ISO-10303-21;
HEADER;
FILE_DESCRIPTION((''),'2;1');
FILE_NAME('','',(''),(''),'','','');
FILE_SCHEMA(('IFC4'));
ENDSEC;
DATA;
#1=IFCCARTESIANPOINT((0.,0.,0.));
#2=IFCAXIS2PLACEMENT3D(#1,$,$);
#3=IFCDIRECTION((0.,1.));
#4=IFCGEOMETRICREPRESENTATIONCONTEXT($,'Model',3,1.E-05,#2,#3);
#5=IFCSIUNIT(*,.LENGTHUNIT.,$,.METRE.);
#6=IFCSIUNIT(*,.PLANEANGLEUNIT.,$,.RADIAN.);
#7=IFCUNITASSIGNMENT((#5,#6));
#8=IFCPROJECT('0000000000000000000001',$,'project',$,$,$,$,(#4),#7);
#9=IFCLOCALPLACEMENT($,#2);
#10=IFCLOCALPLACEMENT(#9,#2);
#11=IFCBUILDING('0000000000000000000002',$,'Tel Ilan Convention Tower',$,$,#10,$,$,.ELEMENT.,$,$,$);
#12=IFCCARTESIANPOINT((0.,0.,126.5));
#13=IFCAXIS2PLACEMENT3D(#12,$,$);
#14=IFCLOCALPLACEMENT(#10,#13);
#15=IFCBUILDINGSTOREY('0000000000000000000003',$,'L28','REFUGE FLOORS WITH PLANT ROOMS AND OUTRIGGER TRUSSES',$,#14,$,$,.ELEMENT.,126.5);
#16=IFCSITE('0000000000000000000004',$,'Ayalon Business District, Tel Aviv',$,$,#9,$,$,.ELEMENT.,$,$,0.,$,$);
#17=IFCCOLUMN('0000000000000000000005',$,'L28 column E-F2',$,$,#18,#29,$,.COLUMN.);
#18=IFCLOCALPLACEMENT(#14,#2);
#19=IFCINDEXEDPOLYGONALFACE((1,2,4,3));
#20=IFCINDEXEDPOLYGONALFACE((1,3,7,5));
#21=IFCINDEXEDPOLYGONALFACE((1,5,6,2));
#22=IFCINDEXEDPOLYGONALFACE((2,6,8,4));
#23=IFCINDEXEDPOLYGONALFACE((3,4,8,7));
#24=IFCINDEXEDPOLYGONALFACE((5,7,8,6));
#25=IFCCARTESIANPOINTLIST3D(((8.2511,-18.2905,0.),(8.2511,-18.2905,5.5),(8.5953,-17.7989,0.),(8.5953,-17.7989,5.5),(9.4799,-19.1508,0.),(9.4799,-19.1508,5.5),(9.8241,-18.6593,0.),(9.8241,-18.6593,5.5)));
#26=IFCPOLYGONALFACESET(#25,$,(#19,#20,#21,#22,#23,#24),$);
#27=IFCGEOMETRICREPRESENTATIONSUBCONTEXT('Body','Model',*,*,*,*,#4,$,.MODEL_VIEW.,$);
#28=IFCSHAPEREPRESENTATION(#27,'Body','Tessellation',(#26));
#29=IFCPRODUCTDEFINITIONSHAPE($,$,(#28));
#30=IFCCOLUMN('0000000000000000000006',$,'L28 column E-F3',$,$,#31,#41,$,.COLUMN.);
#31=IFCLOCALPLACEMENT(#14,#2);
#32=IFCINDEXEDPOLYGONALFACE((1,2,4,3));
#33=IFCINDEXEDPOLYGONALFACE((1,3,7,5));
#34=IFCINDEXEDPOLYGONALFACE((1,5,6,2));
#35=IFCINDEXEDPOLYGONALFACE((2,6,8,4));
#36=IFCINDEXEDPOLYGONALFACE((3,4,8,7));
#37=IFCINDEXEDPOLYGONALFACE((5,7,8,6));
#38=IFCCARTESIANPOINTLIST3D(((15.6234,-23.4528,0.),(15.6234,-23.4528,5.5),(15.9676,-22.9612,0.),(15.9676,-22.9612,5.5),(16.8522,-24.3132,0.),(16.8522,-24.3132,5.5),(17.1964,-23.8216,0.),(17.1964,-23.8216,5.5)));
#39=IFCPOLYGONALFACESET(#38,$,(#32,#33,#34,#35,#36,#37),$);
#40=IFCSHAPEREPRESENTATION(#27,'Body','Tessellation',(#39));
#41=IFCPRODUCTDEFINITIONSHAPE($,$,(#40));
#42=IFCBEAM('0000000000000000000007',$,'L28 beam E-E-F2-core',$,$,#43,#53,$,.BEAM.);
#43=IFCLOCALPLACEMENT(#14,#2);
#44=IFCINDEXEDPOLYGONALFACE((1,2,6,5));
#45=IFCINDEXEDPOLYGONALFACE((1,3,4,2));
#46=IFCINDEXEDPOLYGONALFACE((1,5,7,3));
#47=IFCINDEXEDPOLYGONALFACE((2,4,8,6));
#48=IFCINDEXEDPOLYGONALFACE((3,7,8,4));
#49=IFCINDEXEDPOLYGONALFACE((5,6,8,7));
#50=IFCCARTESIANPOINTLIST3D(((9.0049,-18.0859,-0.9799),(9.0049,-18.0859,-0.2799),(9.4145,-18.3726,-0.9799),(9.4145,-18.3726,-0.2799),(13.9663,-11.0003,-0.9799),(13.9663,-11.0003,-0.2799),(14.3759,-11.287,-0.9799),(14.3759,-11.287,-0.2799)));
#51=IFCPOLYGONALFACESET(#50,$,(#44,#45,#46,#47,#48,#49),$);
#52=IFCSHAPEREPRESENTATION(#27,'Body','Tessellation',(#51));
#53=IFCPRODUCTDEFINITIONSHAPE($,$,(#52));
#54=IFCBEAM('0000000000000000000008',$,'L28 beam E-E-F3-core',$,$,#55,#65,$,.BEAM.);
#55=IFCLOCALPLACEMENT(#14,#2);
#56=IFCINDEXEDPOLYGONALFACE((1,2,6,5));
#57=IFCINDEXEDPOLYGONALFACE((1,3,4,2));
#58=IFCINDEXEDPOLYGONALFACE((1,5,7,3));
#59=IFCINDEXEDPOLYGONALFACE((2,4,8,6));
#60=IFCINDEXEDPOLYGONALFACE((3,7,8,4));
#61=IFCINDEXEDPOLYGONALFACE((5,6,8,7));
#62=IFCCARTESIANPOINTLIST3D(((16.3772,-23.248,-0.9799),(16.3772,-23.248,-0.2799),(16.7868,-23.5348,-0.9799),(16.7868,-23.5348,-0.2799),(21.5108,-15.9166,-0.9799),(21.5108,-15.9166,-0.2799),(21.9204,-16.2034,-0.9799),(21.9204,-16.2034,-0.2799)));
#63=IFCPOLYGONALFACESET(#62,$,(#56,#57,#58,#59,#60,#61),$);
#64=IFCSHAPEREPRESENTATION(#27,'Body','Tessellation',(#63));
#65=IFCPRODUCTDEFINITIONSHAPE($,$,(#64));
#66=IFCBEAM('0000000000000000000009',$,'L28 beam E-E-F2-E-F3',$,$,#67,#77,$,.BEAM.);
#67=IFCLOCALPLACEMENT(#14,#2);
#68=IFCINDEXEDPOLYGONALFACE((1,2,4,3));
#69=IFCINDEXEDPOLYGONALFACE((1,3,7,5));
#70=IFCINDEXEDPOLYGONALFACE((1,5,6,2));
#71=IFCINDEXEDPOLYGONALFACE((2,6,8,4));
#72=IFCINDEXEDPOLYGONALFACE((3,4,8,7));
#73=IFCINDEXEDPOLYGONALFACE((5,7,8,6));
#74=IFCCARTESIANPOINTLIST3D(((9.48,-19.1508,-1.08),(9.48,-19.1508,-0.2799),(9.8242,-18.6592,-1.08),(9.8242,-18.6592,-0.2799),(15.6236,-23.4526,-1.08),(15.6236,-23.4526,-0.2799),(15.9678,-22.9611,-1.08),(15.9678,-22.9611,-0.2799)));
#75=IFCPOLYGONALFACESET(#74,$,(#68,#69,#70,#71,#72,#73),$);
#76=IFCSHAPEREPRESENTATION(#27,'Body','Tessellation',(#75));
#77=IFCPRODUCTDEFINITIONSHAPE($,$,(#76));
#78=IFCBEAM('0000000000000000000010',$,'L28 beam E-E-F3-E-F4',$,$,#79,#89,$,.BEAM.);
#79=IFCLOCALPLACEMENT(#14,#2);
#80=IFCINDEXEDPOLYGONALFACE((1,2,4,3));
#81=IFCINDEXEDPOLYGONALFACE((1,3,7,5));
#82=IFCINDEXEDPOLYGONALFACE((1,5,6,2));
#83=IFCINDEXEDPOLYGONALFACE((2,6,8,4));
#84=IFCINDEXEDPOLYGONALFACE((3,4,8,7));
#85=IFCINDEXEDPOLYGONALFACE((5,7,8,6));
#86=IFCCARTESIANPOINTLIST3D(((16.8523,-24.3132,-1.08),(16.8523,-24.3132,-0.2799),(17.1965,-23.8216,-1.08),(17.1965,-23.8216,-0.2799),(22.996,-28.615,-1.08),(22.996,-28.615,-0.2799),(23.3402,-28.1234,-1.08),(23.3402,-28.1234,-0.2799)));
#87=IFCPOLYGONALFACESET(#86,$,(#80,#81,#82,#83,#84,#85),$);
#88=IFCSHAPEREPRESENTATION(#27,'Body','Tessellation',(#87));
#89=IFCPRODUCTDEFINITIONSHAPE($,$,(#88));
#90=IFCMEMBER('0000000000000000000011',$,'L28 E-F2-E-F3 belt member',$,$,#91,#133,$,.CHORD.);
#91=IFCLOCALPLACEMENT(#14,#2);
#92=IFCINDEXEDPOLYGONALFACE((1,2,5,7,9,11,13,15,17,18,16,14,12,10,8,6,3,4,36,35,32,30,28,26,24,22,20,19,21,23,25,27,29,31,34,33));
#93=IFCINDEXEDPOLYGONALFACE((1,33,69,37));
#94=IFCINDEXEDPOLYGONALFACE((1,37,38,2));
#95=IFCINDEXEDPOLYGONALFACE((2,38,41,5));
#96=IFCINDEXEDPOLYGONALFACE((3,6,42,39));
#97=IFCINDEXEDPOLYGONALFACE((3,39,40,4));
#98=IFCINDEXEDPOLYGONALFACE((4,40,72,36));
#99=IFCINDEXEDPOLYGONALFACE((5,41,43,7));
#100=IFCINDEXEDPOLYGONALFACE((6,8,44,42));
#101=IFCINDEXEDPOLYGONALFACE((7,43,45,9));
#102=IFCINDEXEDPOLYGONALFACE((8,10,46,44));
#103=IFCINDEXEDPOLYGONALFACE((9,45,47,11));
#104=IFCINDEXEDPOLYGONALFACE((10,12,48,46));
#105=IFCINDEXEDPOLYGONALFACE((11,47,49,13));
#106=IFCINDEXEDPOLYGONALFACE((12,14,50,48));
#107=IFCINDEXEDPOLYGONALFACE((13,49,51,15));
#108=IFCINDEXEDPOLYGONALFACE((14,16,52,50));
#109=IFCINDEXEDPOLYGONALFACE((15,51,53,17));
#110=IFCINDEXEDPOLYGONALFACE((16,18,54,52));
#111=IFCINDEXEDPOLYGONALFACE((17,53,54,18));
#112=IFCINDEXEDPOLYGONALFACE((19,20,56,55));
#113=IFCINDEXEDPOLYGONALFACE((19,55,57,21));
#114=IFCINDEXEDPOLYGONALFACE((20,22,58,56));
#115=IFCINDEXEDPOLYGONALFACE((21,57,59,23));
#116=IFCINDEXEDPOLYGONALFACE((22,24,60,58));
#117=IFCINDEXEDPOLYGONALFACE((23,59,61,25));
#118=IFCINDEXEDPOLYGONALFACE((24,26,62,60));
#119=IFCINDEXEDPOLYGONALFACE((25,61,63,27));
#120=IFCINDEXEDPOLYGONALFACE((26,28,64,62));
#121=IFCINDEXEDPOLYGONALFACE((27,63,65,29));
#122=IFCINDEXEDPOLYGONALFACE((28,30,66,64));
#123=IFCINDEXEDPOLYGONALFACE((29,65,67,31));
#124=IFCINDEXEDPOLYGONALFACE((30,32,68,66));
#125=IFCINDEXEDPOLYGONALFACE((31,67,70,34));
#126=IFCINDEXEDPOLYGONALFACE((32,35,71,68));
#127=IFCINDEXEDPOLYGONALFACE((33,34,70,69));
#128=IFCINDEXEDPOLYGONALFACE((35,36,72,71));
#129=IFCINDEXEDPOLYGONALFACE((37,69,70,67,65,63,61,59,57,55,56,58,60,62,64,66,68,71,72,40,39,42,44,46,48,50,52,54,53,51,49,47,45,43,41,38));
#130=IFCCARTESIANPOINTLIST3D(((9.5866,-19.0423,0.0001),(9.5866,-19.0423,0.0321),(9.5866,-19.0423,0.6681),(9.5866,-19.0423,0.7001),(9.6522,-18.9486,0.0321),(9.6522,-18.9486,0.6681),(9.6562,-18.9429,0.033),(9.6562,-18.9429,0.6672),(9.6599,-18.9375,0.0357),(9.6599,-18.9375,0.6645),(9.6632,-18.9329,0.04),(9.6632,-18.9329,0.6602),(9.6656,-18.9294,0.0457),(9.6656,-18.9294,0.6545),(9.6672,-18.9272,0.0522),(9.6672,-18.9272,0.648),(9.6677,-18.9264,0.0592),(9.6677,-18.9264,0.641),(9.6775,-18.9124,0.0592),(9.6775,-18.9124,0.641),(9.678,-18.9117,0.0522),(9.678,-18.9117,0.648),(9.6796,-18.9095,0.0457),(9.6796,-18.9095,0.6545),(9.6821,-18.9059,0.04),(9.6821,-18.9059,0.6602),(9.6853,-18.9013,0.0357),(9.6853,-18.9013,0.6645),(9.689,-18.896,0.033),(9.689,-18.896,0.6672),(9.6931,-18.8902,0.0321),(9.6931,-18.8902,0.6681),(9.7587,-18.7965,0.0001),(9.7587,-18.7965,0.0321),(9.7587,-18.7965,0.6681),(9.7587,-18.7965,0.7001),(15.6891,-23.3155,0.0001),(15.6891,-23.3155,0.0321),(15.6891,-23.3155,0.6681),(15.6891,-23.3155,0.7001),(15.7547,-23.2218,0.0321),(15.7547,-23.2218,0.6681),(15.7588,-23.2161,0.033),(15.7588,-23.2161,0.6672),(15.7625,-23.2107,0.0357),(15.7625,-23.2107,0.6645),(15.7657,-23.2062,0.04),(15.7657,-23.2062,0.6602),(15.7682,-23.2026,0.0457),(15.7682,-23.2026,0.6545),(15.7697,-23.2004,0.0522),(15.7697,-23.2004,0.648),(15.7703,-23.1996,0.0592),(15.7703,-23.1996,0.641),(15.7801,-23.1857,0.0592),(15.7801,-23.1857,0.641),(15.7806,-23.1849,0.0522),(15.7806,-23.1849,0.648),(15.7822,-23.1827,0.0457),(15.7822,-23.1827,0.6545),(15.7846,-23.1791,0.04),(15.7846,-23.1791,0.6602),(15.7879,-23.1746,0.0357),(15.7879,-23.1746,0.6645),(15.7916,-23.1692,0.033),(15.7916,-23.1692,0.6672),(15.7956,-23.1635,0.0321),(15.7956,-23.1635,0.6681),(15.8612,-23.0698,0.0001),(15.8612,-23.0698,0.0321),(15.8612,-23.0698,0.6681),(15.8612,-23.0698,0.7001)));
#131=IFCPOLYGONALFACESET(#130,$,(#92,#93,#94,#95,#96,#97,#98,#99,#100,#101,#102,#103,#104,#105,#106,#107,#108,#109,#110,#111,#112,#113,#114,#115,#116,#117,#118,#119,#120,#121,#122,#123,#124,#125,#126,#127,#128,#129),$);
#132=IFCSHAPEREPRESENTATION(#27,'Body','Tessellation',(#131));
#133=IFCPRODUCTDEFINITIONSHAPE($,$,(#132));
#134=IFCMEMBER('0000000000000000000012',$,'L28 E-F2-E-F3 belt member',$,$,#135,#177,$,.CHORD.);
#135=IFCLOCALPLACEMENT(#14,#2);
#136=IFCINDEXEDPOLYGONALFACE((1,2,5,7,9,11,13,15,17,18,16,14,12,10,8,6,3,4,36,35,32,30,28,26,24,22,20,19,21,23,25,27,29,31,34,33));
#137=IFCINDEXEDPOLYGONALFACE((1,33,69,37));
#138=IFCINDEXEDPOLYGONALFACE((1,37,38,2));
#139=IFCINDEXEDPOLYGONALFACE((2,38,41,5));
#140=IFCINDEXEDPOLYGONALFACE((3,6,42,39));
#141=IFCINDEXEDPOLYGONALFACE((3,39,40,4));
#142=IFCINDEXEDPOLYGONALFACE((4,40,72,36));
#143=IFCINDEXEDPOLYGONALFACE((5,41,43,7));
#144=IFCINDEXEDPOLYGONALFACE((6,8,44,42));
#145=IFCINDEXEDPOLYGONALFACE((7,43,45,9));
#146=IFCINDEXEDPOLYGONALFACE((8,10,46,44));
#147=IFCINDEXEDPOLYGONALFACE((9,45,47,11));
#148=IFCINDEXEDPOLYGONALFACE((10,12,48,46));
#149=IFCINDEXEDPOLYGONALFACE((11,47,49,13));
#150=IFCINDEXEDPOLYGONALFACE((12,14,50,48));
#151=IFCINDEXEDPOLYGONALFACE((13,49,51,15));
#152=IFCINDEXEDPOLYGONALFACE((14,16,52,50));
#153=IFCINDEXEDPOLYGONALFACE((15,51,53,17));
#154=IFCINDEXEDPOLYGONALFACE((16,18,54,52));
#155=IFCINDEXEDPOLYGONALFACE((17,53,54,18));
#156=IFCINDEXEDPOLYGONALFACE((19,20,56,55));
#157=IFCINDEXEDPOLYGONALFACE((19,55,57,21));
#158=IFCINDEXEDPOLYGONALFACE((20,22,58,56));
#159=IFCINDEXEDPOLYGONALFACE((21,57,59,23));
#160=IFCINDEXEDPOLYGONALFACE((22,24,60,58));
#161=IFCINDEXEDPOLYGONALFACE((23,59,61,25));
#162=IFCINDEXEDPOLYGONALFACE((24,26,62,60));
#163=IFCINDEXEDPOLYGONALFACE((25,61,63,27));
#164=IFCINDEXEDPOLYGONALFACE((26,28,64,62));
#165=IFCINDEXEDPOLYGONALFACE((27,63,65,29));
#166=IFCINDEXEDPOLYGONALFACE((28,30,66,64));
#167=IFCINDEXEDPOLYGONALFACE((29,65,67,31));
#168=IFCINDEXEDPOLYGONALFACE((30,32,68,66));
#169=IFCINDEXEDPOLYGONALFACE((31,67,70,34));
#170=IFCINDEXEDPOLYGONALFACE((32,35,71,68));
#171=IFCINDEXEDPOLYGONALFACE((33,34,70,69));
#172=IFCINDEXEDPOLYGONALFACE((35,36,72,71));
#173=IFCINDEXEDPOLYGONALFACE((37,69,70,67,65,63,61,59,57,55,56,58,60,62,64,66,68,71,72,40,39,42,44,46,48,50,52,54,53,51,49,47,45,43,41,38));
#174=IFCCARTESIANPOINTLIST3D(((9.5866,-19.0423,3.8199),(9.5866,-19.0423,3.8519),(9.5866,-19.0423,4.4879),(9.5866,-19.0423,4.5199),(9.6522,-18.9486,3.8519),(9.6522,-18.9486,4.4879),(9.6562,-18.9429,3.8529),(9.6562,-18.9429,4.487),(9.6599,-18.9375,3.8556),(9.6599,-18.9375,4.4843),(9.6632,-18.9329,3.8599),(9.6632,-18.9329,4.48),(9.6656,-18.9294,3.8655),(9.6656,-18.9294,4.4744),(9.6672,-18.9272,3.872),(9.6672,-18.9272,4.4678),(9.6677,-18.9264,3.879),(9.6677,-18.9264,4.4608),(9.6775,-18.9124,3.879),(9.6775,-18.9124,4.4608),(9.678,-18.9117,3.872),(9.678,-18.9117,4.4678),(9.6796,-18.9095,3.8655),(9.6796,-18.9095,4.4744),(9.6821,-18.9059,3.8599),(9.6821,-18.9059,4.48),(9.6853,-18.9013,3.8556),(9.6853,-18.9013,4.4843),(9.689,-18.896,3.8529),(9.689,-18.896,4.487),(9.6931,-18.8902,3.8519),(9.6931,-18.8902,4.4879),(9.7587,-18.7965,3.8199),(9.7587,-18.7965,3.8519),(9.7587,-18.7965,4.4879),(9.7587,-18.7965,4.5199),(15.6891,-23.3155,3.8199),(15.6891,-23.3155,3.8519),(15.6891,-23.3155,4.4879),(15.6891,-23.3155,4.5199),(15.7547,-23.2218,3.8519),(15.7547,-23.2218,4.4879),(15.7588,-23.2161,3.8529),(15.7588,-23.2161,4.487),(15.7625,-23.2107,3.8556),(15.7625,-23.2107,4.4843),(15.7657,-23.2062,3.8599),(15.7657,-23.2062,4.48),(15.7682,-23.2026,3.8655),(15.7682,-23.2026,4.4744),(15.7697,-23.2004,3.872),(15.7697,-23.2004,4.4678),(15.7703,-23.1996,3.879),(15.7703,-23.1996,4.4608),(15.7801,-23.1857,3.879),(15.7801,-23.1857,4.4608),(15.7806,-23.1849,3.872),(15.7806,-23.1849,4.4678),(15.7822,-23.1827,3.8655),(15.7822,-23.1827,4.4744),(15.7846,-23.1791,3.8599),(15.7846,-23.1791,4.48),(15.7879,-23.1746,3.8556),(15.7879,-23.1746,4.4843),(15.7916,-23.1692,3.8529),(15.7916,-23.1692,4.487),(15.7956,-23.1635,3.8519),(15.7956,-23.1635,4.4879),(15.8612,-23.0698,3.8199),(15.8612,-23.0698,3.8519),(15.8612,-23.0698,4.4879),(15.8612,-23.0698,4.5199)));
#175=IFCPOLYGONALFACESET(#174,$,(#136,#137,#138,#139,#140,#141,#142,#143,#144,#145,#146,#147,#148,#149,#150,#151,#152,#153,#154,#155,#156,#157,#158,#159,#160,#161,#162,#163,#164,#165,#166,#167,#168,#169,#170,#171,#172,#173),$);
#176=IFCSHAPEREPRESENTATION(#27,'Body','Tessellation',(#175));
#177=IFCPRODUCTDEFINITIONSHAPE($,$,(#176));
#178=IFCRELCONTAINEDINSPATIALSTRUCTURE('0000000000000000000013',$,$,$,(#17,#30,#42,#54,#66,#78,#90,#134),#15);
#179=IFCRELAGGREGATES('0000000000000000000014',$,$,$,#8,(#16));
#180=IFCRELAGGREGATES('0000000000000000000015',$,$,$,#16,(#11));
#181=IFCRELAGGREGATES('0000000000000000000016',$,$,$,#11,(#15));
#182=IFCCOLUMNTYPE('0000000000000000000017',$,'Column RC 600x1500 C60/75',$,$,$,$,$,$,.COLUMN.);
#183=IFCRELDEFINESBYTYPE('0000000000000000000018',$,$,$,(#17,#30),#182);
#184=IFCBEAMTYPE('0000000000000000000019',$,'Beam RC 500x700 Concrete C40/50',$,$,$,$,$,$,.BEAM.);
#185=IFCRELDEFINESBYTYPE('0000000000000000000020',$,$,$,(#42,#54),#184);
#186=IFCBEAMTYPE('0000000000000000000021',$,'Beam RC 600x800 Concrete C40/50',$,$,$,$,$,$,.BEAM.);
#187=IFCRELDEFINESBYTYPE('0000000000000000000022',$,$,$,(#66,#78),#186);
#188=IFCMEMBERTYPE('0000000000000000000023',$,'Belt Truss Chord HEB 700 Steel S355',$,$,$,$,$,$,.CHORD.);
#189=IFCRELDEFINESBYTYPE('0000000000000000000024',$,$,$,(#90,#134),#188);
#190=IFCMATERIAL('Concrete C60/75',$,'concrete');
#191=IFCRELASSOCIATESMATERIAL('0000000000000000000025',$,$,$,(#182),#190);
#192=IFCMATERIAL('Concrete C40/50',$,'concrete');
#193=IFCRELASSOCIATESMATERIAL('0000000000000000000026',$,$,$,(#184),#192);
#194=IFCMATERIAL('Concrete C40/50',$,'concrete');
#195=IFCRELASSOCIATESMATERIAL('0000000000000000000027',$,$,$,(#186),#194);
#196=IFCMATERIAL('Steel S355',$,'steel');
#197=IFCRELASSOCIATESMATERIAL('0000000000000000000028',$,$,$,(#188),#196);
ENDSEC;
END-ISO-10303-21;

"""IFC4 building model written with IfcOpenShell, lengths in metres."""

from ifc_helpers import new_model, si_unit, direction, frame, origin, origin_2d, place, context, subcontext, project, spatial, rectangle, i_section, extrude, material, material_profile, profile_set, type_object, element, save


model = new_model("IFC4")

# Units and contexts
model_context = context("Model", 3, precision=1e-05, world=origin(), true_north=direction((0.0, 1.0)))
body_context = subcontext(model_context, "Body", "Model", "MODEL_VIEW")
ifc_project = project(units=[si_unit("LENGTHUNIT", "METRE"), si_unit("PLANEANGLEUNIT", "RADIAN")], contexts=[model_context])

# Site, building, storey
site_placement = place(None, origin())
site = spatial("IfcSite", under=ifc_project, at=site_placement, Name="Ayalon Business District, Tel Aviv", CompositionType="ELEMENT", RefElevation=0.0)
building_placement = place(site_placement, origin())
building = spatial("IfcBuilding", under=site, at=building_placement, Name="Tel Ilan Convention Tower", CompositionType="ELEMENT")
storey_placement = place(building_placement, frame((0.0, 0.0, 126.5)))
storey = spatial("IfcBuildingStorey", under=building, at=storey_placement, Name="L28", Description="REFUGE FLOORS WITH PLANT ROOMS AND OUTRIGGER TRUSSES", CompositionType="ELEMENT", Elevation=126.5)

# Columns
ifc_material_1 = material(Name="Concrete C60/75", Category="concrete")
ifc_material_profile_1 = material_profile(ifc_material_1, rectangle(XDim=1.5, YDim=0.6001, at=origin_2d()), Name="RC 600x1500")
ifc_profile_set_1 = profile_set([ifc_material_profile_1], Name="Concrete C60/75")
column_type = type_object("IfcColumnType", Name="Column RC 600x1500 C60/75", PredefinedType="COLUMN", material=ifc_profile_set_1)
for number, where, z_axis, x_axis, name in (
    (1, (9.0376, -18.4749, 0.0), (0.0, 0.0, 1.0), (0.819152, -0.573576, 0.0), "L28 column E-F2"),
    (2, (16.4099, -23.6372, 0.0), (0.0, 0.0, 1.0), (0.819152, -0.573576, 0.0), "L28 column E-F3"),
):
    element("IfcColumn", number, at=place(storey_placement, frame(where, z_axis=z_axis, x_axis=x_axis)), inside=storey, type_object=column_type, Name=name, PredefinedType="COLUMN", context=body_context, shape_type="SweptSolid", body=[
        extrude(rectangle(XDim=1.5, YDim=0.6001, at=origin_2d()), origin(), (0.0, 0.0, 1.0), 5.5),
    ])

# Beams
ifc_material_2 = material(Name="Concrete C40/50", Category="concrete")
ifc_material_profile_2 = material_profile(ifc_material_2, rectangle(XDim=0.5, YDim=0.7, at=origin_2d()), Name="RC 500x700")
ifc_profile_set_2 = profile_set([ifc_material_profile_2], Name="Concrete C40/50")
beam_type_1 = type_object("IfcBeamType", Name="Beam RC 500x700 Concrete C40/50", PredefinedType="BEAM", material=ifc_profile_set_2)
beam_1_placement = place(storey_placement, frame((9.2097, -18.2292, -0.6299), z_axis=(0.573574, 0.819154, 0.0), x_axis=(-0.819154, 0.573574, 0.0)))
element("IfcBeam", 3, at=beam_1_placement, inside=storey, type_object=beam_type_1, Name="L28 beam E-E-F2-core", PredefinedType="BEAM", context=body_context, shape_type="SweptSolid", body=[
    extrude(rectangle(XDim=0.5, YDim=0.7, at=origin_2d()), origin(), (0.0, 0.0, 1.0), 8.6499),
])
beam_2_placement = place(storey_placement, frame((16.582, -23.3914, -0.6299), z_axis=(0.573585, 0.819146, 0.0), x_axis=(-0.819146, 0.573585, 0.0)))
element("IfcBeam", 4, at=beam_2_placement, inside=storey, type_object=beam_type_1, Name="L28 beam E-E-F3-core", PredefinedType="BEAM", context=body_context, shape_type="SweptSolid", body=[
    extrude(rectangle(XDim=0.5, YDim=0.7, at=origin_2d()), origin(), (0.0, 0.0, 1.0), 8.95),
])
ifc_material_3 = material(Name="Concrete C40/50", Category="concrete")
ifc_material_profile_3 = material_profile(ifc_material_3, rectangle(XDim=0.6001, YDim=0.8, at=origin_2d()), Name="RC 600x800")
ifc_profile_set_3 = profile_set([ifc_material_profile_3], Name="Concrete C40/50")
beam_type_2 = type_object("IfcBeamType", Name="Beam RC 600x800 Concrete C40/50", PredefinedType="BEAM", material=ifc_profile_set_3)
for number, where, z_axis, x_axis, name in (
    (5, (9.6521, -18.905, -0.6799), (0.819152, -0.573576, 0.0), (0.573576, 0.819152, 0.0), "L28 beam E-E-F2-E-F3"),
    (6, (17.0244, -24.0674, -0.6799), (0.819152, -0.573576, 0.0), (0.573576, 0.819152, 0.0), "L28 beam E-E-F3-E-F4"),
):
    element("IfcBeam", number, at=place(storey_placement, frame(where, z_axis=z_axis, x_axis=x_axis)), inside=storey, type_object=beam_type_2, Name=name, PredefinedType="BEAM", context=body_context, shape_type="SweptSolid", body=[
        extrude(rectangle(XDim=0.6001, YDim=0.8, at=origin_2d()), origin(), (0.0, 0.0, 1.0), 7.5),
    ])

# Members
ifc_material_4 = material(Name="Steel S355", Category="steel")
ifc_material_profile_4 = material_profile(ifc_material_4, i_section(OverallWidth=0.3, OverallDepth=0.7, WebThickness=0.0171, FlangeThickness=0.032, FilletRadius=0.0271, at=origin_2d()), Name="HEB 700")
ifc_profile_set_4 = profile_set([ifc_material_profile_4], Name="Steel S355")
member_type_1 = type_object("IfcMemberType", Name="Belt Truss Chord HEB 700 Steel S355", PredefinedType="CHORD", material=ifc_profile_set_4)
for number, where, z_axis, x_axis, name in (
    (7, (9.6726, -18.9194, 0.3501), (0.819143, -0.57359, 0.0), (0.57359, 0.819143, 0.0), "L28 E-F2-E-F3 belt member"),
    (8, (9.6726, -18.9194, 4.1699), (0.819143, -0.57359, 0.0), (0.57359, 0.819143, 0.0), "L28 E-F2-E-F3 belt member"),
):
    element("IfcMember", number, at=place(storey_placement, frame(where, z_axis=z_axis, x_axis=x_axis)), inside=storey, type_object=member_type_1, Name=name, PredefinedType="CHORD", context=body_context, shape_type="SweptSolid", body=[
        extrude(i_section(OverallWidth=0.3, OverallDepth=0.7, WebThickness=0.0171, FlangeThickness=0.032, FilletRadius=0.0271, at=origin_2d()), origin(), (0.0, 0.0, 1.0), 7.45),
    ])

save(model, "model.ifc")
